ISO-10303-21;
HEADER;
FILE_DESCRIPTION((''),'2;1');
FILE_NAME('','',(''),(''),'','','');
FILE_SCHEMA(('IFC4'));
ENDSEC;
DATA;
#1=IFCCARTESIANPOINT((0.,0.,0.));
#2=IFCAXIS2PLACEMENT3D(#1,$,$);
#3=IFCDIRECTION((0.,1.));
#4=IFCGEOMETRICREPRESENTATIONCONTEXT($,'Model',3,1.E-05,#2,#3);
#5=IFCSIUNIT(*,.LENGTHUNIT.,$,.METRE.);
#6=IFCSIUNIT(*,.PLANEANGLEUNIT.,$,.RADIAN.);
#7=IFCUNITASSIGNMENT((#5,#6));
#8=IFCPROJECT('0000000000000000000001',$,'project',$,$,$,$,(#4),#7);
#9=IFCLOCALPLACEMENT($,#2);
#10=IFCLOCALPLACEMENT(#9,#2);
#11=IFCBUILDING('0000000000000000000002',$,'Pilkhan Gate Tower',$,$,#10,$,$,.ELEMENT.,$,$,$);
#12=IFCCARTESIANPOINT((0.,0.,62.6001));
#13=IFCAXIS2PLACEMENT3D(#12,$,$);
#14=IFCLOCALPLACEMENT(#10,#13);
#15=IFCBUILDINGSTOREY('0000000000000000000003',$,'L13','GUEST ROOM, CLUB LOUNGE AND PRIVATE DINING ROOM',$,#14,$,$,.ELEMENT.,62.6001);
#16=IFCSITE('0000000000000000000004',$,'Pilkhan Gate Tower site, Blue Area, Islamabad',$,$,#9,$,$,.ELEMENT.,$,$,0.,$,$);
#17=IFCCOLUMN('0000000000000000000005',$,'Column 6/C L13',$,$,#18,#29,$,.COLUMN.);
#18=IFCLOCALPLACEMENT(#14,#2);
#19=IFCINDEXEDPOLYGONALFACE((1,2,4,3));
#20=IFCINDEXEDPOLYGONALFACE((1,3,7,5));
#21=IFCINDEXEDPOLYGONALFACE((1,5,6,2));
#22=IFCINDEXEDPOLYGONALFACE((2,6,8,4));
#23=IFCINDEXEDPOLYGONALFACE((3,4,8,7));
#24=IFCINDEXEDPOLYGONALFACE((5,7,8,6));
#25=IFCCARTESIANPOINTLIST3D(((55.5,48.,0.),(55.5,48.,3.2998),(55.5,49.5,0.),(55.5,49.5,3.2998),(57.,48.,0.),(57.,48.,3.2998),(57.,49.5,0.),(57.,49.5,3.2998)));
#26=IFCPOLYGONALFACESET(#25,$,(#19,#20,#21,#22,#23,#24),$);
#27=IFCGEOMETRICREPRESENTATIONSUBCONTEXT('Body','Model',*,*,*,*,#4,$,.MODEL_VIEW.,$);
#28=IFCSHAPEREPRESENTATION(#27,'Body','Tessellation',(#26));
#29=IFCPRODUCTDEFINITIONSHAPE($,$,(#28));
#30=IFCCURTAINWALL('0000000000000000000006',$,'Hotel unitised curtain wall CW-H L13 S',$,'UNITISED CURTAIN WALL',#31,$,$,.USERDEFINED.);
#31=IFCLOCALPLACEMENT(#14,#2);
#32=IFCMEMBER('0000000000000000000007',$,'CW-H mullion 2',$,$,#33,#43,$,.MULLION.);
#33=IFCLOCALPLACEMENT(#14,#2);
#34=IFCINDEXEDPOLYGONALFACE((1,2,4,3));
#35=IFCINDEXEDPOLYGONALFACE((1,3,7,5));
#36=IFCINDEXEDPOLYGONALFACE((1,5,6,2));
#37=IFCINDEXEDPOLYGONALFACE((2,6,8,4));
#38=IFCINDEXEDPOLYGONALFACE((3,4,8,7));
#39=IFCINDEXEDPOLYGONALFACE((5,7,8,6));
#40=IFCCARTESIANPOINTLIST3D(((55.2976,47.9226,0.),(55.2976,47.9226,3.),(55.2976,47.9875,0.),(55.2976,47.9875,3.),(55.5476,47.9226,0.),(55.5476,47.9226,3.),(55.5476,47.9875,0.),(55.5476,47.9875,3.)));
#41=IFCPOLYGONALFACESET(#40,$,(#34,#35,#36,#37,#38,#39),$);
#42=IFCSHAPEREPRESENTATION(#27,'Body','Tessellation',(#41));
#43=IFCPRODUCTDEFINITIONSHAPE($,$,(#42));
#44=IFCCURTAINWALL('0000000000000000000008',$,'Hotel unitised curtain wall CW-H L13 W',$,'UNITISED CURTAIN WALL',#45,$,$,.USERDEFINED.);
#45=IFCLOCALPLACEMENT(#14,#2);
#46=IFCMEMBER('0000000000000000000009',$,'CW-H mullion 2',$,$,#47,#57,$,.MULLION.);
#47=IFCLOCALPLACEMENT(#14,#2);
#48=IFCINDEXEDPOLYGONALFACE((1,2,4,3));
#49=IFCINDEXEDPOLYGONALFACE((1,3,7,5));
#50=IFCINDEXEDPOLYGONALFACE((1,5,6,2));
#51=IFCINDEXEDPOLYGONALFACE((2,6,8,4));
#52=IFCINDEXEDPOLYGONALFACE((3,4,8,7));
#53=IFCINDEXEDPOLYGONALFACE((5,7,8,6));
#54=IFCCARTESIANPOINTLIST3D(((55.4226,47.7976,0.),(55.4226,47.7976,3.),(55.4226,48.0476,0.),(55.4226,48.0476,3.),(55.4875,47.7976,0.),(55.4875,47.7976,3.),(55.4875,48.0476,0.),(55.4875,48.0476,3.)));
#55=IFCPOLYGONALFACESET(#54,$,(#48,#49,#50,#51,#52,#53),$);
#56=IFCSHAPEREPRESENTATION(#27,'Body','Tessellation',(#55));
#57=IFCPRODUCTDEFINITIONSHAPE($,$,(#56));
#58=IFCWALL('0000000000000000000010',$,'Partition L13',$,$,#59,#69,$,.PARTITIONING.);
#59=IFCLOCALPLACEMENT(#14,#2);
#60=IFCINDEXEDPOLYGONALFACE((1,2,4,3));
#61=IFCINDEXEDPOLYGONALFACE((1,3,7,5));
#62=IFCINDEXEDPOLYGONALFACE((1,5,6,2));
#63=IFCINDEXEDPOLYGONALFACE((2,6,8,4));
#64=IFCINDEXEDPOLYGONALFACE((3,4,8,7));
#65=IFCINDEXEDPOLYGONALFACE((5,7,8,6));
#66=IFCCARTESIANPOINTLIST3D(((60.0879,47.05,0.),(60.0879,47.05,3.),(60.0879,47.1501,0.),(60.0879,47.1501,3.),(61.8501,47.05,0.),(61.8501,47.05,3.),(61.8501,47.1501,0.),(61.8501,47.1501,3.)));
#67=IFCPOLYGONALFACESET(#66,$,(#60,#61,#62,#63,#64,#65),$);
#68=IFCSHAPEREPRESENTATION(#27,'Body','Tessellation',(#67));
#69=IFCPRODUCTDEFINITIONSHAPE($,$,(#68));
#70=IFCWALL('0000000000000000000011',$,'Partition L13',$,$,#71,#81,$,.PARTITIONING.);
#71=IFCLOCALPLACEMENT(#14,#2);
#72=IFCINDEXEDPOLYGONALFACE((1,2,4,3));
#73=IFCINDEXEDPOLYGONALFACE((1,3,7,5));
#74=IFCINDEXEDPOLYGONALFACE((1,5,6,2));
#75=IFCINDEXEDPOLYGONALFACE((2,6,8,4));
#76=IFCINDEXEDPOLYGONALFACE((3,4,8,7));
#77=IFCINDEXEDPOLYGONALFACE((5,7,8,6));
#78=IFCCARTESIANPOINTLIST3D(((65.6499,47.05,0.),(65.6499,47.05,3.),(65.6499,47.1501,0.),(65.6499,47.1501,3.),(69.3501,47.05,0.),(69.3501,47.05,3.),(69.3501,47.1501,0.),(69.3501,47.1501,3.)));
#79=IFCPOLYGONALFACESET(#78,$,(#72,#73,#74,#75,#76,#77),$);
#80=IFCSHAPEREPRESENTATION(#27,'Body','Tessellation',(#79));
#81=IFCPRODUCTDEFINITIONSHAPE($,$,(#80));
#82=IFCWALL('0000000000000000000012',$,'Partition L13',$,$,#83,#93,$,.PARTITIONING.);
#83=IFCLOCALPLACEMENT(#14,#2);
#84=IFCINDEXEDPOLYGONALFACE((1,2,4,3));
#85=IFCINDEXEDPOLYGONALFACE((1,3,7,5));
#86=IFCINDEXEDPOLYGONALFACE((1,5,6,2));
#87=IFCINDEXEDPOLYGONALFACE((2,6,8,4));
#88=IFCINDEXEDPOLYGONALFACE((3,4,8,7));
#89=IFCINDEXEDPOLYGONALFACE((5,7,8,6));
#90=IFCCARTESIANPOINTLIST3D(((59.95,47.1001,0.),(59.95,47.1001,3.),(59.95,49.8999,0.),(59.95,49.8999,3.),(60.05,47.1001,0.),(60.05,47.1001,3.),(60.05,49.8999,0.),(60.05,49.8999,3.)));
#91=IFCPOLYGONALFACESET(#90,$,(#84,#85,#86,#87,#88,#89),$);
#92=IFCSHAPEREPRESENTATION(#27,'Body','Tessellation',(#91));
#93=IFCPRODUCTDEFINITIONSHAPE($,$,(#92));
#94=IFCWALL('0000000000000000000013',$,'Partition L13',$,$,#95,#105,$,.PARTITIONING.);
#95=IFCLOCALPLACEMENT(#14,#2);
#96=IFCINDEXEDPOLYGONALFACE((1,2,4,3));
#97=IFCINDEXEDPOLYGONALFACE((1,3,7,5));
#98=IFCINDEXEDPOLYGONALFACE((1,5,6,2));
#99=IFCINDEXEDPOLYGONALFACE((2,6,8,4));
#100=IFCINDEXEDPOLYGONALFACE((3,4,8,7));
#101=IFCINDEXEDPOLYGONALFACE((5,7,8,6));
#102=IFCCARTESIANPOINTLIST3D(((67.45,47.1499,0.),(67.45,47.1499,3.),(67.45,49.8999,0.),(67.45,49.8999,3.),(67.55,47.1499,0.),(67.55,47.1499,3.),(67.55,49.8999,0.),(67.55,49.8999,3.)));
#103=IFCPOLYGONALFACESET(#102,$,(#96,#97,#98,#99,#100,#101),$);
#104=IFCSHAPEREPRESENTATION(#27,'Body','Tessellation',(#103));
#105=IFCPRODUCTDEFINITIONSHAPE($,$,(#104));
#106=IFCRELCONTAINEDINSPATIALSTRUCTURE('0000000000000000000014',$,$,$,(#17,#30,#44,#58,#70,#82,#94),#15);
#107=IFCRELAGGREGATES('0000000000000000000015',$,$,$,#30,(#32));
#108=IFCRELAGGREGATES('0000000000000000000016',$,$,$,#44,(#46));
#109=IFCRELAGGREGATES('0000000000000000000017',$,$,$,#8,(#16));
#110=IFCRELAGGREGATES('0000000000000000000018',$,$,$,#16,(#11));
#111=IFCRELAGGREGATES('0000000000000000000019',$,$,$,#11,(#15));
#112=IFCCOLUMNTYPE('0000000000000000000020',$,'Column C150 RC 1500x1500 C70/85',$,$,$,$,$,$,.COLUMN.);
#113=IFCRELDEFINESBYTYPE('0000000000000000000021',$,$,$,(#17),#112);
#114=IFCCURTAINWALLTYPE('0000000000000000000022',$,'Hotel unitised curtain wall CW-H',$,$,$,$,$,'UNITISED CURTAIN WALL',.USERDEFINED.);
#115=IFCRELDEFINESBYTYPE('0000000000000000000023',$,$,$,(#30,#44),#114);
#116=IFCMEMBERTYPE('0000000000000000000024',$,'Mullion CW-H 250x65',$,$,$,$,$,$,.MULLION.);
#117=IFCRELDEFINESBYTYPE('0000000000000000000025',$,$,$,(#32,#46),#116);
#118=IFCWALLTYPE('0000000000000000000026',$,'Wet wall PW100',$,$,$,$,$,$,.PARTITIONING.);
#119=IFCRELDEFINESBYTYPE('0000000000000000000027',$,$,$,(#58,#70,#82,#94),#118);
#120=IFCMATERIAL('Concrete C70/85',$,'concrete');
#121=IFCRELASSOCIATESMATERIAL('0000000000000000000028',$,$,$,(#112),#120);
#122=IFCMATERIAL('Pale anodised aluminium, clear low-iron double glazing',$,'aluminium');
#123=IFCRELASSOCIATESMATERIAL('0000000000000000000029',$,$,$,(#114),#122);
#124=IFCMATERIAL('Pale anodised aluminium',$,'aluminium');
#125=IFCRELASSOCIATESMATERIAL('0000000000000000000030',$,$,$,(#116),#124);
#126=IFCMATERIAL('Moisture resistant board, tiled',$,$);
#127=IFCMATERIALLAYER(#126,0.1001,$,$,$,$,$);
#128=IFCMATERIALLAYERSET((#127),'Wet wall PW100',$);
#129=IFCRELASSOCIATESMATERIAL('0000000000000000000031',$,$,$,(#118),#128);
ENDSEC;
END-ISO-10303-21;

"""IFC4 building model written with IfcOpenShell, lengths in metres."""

from ifc_helpers import new_model, si_unit, direction, frame, frame_2d, origin, origin_2d, place, context, subcontext, project, spatial, rectangle, extrude, material, layer, layer_set, material_profile, profile_set, type_object, element, aggregate, save


model = new_model("IFC4")

# Units and contexts
model_context = context("Model", 3, precision=1e-05, world=origin(), true_north=direction((0.0, 1.0)))
body_context = subcontext(model_context, "Body", "Model", "MODEL_VIEW")
ifc_project = project(units=[si_unit("LENGTHUNIT", "METRE"), si_unit("PLANEANGLEUNIT", "RADIAN")], contexts=[model_context])

# Site, building, storey
site_placement = place(None, origin())
site = spatial("IfcSite", under=ifc_project, at=site_placement, Name="Pilkhan Gate Tower site, Blue Area, Islamabad", CompositionType="ELEMENT", RefElevation=0.0)
building_placement = place(site_placement, origin())
building = spatial("IfcBuilding", under=site, at=building_placement, Name="Pilkhan Gate Tower", CompositionType="ELEMENT")
storey_placement = place(building_placement, frame((0.0, 0.0, 62.6001)))
storey = spatial("IfcBuildingStorey", under=building, at=storey_placement, Name="L13", Description="GUEST ROOM, CLUB LOUNGE AND PRIVATE DINING ROOM", CompositionType="ELEMENT", Elevation=62.6001)

# Column
ifc_material_1 = material(Name="Concrete C70/85", Category="concrete")
ifc_material_profile_1 = material_profile(ifc_material_1, rectangle(XDim=1.5, YDim=1.5, at=origin_2d()), Name="RC 1500x1500")
ifc_profile_set_1 = profile_set([ifc_material_profile_1], Name="Concrete C70/85")
column_type = type_object("IfcColumnType", Name="Column C150 RC 1500x1500 C70/85", PredefinedType="COLUMN", material=ifc_profile_set_1)
column_placement = place(storey_placement, frame((56.25, 48.75, 0.0), z_axis=(0.0, 0.0, 1.0), x_axis=(1.0, 0.0, 0.0)))
element("IfcColumn", 1, at=column_placement, inside=storey, type_object=column_type, Name="Column 6/C L13", PredefinedType="COLUMN", context=body_context, shape_type="SweptSolid", body=[
    extrude(rectangle(XDim=1.5, YDim=1.5, at=origin_2d()), origin(), (0.0, 0.0, 1.0), 3.2998),
])

# Curtain walls, members
ifc_material_2 = material(Name="Pale anodised aluminium, clear low-iron double glazing", Category="aluminium")
curtain_wall_type = type_object("IfcCurtainWallType", Name="Hotel unitised curtain wall CW-H", ElementType="UNITISED CURTAIN WALL", PredefinedType="USERDEFINED", material=ifc_material_2)
curtain_wall_1_placement = place(storey_placement, origin())
curtain_wall_1 = element("IfcCurtainWall", 2, at=curtain_wall_1_placement, inside=storey, type_object=curtain_wall_type, Name="Hotel unitised curtain wall CW-H L13 S", ObjectType="UNITISED CURTAIN WALL", PredefinedType="USERDEFINED")
ifc_material_3 = material(Name="Pale anodised aluminium", Category="aluminium")
ifc_material_profile_2 = material_profile(ifc_material_3, rectangle(XDim=0.0649, YDim=0.25, at=origin_2d()), Name="Mullion 250x65")
ifc_profile_set_2 = profile_set([ifc_material_profile_2], Name="Pale anodised aluminium")
member_type = type_object("IfcMemberType", Name="Mullion CW-H 250x65", PredefinedType="MULLION", material=ifc_profile_set_2)
member_1_placement = place(storey_placement, frame((55.4226, 47.9551, 0.0), z_axis=(0.0, 0.0, 1.0), x_axis=(0.0, 1.0, 0.0)))
member_1 = element("IfcMember", 3, at=member_1_placement, type_object=member_type, Name="CW-H mullion 2", PredefinedType="MULLION", context=body_context, shape_type="SweptSolid", body=[
    extrude(rectangle(XDim=0.0649, YDim=0.25, at=origin_2d()), origin(), (0.0, 0.0, 1.0), 3.0),
])
aggregate(curtain_wall_1, [member_1])
curtain_wall_2_placement = place(storey_placement, origin())
curtain_wall_2 = element("IfcCurtainWall", 4, at=curtain_wall_2_placement, inside=storey, type_object=curtain_wall_type, Name="Hotel unitised curtain wall CW-H L13 W", ObjectType="UNITISED CURTAIN WALL", PredefinedType="USERDEFINED")
member_2_placement = place(storey_placement, frame((55.4551, 47.9226, 0.0), z_axis=(0.0, 0.0, 1.0), x_axis=(-1.0, 0.0, 0.0)))
member_2 = element("IfcMember", 5, at=member_2_placement, type_object=member_type, Name="CW-H mullion 2", PredefinedType="MULLION", context=body_context, shape_type="SweptSolid", body=[
    extrude(rectangle(XDim=0.0649, YDim=0.25, at=origin_2d()), origin(), (0.0, 0.0, 1.0), 3.0),
])
aggregate(curtain_wall_2, [member_2])

# Walls
ifc_material_4 = material(Name="Moisture resistant board, tiled")
ifc_layer_1 = layer(ifc_material_4, 0.1001)
ifc_layer_set_1 = layer_set([ifc_layer_1], Name="Wet wall PW100")
wall_type_1 = type_object("IfcWallType", Name="Wet wall PW100", PredefinedType="PARTITIONING", material=ifc_layer_set_1)
wall_1_placement = place(storey_placement, frame((60.0879, 47.1001, 0.0), z_axis=(0.0, 0.0, 1.0), x_axis=(1.0, 0.0, 0.0)))
element("IfcWall", 6, at=wall_1_placement, inside=storey, type_object=wall_type_1, Name="Partition L13", PredefinedType="PARTITIONING", context=body_context, shape_type="SweptSolid", body=[
    extrude(rectangle(XDim=1.7622, YDim=0.1001, at=frame_2d((0.8811, 0.0))), origin(), (0.0, 0.0, 1.0), 3.0),
])
wall_2_placement = place(storey_placement, frame((65.6499, 47.1001, 0.0), z_axis=(0.0, 0.0, 1.0), x_axis=(1.0, 0.0, 0.0)))
element("IfcWall", 7, at=wall_2_placement, inside=storey, type_object=wall_type_1, Name="Partition L13", PredefinedType="PARTITIONING", context=body_context, shape_type="SweptSolid", body=[
    extrude(rectangle(XDim=3.7002, YDim=0.1001, at=frame_2d((1.8501, 0.0))), origin(), (0.0, 0.0, 1.0), 3.0),
])
wall_3_placement = place(storey_placement, frame((60.0, 47.1001, 0.0), z_axis=(0.0, 0.0, 1.0), x_axis=(0.0, 1.0, 0.0)))
element("IfcWall", 8, at=wall_3_placement, inside=storey, type_object=wall_type_1, Name="Partition L13", PredefinedType="PARTITIONING", context=body_context, shape_type="SweptSolid", body=[
    extrude(rectangle(XDim=2.7998, YDim=0.1001, at=frame_2d((1.3999, 0.0))), origin(), (0.0, 0.0, 1.0), 3.0),
])
wall_4_placement = place(storey_placement, frame((67.5, 47.1499, 0.0), z_axis=(0.0, 0.0, 1.0), x_axis=(0.0, 1.0, 0.0)))
element("IfcWall", 9, at=wall_4_placement, inside=storey, type_object=wall_type_1, Name="Partition L13", PredefinedType="PARTITIONING", context=body_context, shape_type="SweptSolid", body=[
    extrude(rectangle(XDim=2.75, YDim=0.1001, at=frame_2d((1.375, 0.0))), origin(), (0.0, 0.0, 1.0), 3.0),
])

save(model, "model.ifc")
